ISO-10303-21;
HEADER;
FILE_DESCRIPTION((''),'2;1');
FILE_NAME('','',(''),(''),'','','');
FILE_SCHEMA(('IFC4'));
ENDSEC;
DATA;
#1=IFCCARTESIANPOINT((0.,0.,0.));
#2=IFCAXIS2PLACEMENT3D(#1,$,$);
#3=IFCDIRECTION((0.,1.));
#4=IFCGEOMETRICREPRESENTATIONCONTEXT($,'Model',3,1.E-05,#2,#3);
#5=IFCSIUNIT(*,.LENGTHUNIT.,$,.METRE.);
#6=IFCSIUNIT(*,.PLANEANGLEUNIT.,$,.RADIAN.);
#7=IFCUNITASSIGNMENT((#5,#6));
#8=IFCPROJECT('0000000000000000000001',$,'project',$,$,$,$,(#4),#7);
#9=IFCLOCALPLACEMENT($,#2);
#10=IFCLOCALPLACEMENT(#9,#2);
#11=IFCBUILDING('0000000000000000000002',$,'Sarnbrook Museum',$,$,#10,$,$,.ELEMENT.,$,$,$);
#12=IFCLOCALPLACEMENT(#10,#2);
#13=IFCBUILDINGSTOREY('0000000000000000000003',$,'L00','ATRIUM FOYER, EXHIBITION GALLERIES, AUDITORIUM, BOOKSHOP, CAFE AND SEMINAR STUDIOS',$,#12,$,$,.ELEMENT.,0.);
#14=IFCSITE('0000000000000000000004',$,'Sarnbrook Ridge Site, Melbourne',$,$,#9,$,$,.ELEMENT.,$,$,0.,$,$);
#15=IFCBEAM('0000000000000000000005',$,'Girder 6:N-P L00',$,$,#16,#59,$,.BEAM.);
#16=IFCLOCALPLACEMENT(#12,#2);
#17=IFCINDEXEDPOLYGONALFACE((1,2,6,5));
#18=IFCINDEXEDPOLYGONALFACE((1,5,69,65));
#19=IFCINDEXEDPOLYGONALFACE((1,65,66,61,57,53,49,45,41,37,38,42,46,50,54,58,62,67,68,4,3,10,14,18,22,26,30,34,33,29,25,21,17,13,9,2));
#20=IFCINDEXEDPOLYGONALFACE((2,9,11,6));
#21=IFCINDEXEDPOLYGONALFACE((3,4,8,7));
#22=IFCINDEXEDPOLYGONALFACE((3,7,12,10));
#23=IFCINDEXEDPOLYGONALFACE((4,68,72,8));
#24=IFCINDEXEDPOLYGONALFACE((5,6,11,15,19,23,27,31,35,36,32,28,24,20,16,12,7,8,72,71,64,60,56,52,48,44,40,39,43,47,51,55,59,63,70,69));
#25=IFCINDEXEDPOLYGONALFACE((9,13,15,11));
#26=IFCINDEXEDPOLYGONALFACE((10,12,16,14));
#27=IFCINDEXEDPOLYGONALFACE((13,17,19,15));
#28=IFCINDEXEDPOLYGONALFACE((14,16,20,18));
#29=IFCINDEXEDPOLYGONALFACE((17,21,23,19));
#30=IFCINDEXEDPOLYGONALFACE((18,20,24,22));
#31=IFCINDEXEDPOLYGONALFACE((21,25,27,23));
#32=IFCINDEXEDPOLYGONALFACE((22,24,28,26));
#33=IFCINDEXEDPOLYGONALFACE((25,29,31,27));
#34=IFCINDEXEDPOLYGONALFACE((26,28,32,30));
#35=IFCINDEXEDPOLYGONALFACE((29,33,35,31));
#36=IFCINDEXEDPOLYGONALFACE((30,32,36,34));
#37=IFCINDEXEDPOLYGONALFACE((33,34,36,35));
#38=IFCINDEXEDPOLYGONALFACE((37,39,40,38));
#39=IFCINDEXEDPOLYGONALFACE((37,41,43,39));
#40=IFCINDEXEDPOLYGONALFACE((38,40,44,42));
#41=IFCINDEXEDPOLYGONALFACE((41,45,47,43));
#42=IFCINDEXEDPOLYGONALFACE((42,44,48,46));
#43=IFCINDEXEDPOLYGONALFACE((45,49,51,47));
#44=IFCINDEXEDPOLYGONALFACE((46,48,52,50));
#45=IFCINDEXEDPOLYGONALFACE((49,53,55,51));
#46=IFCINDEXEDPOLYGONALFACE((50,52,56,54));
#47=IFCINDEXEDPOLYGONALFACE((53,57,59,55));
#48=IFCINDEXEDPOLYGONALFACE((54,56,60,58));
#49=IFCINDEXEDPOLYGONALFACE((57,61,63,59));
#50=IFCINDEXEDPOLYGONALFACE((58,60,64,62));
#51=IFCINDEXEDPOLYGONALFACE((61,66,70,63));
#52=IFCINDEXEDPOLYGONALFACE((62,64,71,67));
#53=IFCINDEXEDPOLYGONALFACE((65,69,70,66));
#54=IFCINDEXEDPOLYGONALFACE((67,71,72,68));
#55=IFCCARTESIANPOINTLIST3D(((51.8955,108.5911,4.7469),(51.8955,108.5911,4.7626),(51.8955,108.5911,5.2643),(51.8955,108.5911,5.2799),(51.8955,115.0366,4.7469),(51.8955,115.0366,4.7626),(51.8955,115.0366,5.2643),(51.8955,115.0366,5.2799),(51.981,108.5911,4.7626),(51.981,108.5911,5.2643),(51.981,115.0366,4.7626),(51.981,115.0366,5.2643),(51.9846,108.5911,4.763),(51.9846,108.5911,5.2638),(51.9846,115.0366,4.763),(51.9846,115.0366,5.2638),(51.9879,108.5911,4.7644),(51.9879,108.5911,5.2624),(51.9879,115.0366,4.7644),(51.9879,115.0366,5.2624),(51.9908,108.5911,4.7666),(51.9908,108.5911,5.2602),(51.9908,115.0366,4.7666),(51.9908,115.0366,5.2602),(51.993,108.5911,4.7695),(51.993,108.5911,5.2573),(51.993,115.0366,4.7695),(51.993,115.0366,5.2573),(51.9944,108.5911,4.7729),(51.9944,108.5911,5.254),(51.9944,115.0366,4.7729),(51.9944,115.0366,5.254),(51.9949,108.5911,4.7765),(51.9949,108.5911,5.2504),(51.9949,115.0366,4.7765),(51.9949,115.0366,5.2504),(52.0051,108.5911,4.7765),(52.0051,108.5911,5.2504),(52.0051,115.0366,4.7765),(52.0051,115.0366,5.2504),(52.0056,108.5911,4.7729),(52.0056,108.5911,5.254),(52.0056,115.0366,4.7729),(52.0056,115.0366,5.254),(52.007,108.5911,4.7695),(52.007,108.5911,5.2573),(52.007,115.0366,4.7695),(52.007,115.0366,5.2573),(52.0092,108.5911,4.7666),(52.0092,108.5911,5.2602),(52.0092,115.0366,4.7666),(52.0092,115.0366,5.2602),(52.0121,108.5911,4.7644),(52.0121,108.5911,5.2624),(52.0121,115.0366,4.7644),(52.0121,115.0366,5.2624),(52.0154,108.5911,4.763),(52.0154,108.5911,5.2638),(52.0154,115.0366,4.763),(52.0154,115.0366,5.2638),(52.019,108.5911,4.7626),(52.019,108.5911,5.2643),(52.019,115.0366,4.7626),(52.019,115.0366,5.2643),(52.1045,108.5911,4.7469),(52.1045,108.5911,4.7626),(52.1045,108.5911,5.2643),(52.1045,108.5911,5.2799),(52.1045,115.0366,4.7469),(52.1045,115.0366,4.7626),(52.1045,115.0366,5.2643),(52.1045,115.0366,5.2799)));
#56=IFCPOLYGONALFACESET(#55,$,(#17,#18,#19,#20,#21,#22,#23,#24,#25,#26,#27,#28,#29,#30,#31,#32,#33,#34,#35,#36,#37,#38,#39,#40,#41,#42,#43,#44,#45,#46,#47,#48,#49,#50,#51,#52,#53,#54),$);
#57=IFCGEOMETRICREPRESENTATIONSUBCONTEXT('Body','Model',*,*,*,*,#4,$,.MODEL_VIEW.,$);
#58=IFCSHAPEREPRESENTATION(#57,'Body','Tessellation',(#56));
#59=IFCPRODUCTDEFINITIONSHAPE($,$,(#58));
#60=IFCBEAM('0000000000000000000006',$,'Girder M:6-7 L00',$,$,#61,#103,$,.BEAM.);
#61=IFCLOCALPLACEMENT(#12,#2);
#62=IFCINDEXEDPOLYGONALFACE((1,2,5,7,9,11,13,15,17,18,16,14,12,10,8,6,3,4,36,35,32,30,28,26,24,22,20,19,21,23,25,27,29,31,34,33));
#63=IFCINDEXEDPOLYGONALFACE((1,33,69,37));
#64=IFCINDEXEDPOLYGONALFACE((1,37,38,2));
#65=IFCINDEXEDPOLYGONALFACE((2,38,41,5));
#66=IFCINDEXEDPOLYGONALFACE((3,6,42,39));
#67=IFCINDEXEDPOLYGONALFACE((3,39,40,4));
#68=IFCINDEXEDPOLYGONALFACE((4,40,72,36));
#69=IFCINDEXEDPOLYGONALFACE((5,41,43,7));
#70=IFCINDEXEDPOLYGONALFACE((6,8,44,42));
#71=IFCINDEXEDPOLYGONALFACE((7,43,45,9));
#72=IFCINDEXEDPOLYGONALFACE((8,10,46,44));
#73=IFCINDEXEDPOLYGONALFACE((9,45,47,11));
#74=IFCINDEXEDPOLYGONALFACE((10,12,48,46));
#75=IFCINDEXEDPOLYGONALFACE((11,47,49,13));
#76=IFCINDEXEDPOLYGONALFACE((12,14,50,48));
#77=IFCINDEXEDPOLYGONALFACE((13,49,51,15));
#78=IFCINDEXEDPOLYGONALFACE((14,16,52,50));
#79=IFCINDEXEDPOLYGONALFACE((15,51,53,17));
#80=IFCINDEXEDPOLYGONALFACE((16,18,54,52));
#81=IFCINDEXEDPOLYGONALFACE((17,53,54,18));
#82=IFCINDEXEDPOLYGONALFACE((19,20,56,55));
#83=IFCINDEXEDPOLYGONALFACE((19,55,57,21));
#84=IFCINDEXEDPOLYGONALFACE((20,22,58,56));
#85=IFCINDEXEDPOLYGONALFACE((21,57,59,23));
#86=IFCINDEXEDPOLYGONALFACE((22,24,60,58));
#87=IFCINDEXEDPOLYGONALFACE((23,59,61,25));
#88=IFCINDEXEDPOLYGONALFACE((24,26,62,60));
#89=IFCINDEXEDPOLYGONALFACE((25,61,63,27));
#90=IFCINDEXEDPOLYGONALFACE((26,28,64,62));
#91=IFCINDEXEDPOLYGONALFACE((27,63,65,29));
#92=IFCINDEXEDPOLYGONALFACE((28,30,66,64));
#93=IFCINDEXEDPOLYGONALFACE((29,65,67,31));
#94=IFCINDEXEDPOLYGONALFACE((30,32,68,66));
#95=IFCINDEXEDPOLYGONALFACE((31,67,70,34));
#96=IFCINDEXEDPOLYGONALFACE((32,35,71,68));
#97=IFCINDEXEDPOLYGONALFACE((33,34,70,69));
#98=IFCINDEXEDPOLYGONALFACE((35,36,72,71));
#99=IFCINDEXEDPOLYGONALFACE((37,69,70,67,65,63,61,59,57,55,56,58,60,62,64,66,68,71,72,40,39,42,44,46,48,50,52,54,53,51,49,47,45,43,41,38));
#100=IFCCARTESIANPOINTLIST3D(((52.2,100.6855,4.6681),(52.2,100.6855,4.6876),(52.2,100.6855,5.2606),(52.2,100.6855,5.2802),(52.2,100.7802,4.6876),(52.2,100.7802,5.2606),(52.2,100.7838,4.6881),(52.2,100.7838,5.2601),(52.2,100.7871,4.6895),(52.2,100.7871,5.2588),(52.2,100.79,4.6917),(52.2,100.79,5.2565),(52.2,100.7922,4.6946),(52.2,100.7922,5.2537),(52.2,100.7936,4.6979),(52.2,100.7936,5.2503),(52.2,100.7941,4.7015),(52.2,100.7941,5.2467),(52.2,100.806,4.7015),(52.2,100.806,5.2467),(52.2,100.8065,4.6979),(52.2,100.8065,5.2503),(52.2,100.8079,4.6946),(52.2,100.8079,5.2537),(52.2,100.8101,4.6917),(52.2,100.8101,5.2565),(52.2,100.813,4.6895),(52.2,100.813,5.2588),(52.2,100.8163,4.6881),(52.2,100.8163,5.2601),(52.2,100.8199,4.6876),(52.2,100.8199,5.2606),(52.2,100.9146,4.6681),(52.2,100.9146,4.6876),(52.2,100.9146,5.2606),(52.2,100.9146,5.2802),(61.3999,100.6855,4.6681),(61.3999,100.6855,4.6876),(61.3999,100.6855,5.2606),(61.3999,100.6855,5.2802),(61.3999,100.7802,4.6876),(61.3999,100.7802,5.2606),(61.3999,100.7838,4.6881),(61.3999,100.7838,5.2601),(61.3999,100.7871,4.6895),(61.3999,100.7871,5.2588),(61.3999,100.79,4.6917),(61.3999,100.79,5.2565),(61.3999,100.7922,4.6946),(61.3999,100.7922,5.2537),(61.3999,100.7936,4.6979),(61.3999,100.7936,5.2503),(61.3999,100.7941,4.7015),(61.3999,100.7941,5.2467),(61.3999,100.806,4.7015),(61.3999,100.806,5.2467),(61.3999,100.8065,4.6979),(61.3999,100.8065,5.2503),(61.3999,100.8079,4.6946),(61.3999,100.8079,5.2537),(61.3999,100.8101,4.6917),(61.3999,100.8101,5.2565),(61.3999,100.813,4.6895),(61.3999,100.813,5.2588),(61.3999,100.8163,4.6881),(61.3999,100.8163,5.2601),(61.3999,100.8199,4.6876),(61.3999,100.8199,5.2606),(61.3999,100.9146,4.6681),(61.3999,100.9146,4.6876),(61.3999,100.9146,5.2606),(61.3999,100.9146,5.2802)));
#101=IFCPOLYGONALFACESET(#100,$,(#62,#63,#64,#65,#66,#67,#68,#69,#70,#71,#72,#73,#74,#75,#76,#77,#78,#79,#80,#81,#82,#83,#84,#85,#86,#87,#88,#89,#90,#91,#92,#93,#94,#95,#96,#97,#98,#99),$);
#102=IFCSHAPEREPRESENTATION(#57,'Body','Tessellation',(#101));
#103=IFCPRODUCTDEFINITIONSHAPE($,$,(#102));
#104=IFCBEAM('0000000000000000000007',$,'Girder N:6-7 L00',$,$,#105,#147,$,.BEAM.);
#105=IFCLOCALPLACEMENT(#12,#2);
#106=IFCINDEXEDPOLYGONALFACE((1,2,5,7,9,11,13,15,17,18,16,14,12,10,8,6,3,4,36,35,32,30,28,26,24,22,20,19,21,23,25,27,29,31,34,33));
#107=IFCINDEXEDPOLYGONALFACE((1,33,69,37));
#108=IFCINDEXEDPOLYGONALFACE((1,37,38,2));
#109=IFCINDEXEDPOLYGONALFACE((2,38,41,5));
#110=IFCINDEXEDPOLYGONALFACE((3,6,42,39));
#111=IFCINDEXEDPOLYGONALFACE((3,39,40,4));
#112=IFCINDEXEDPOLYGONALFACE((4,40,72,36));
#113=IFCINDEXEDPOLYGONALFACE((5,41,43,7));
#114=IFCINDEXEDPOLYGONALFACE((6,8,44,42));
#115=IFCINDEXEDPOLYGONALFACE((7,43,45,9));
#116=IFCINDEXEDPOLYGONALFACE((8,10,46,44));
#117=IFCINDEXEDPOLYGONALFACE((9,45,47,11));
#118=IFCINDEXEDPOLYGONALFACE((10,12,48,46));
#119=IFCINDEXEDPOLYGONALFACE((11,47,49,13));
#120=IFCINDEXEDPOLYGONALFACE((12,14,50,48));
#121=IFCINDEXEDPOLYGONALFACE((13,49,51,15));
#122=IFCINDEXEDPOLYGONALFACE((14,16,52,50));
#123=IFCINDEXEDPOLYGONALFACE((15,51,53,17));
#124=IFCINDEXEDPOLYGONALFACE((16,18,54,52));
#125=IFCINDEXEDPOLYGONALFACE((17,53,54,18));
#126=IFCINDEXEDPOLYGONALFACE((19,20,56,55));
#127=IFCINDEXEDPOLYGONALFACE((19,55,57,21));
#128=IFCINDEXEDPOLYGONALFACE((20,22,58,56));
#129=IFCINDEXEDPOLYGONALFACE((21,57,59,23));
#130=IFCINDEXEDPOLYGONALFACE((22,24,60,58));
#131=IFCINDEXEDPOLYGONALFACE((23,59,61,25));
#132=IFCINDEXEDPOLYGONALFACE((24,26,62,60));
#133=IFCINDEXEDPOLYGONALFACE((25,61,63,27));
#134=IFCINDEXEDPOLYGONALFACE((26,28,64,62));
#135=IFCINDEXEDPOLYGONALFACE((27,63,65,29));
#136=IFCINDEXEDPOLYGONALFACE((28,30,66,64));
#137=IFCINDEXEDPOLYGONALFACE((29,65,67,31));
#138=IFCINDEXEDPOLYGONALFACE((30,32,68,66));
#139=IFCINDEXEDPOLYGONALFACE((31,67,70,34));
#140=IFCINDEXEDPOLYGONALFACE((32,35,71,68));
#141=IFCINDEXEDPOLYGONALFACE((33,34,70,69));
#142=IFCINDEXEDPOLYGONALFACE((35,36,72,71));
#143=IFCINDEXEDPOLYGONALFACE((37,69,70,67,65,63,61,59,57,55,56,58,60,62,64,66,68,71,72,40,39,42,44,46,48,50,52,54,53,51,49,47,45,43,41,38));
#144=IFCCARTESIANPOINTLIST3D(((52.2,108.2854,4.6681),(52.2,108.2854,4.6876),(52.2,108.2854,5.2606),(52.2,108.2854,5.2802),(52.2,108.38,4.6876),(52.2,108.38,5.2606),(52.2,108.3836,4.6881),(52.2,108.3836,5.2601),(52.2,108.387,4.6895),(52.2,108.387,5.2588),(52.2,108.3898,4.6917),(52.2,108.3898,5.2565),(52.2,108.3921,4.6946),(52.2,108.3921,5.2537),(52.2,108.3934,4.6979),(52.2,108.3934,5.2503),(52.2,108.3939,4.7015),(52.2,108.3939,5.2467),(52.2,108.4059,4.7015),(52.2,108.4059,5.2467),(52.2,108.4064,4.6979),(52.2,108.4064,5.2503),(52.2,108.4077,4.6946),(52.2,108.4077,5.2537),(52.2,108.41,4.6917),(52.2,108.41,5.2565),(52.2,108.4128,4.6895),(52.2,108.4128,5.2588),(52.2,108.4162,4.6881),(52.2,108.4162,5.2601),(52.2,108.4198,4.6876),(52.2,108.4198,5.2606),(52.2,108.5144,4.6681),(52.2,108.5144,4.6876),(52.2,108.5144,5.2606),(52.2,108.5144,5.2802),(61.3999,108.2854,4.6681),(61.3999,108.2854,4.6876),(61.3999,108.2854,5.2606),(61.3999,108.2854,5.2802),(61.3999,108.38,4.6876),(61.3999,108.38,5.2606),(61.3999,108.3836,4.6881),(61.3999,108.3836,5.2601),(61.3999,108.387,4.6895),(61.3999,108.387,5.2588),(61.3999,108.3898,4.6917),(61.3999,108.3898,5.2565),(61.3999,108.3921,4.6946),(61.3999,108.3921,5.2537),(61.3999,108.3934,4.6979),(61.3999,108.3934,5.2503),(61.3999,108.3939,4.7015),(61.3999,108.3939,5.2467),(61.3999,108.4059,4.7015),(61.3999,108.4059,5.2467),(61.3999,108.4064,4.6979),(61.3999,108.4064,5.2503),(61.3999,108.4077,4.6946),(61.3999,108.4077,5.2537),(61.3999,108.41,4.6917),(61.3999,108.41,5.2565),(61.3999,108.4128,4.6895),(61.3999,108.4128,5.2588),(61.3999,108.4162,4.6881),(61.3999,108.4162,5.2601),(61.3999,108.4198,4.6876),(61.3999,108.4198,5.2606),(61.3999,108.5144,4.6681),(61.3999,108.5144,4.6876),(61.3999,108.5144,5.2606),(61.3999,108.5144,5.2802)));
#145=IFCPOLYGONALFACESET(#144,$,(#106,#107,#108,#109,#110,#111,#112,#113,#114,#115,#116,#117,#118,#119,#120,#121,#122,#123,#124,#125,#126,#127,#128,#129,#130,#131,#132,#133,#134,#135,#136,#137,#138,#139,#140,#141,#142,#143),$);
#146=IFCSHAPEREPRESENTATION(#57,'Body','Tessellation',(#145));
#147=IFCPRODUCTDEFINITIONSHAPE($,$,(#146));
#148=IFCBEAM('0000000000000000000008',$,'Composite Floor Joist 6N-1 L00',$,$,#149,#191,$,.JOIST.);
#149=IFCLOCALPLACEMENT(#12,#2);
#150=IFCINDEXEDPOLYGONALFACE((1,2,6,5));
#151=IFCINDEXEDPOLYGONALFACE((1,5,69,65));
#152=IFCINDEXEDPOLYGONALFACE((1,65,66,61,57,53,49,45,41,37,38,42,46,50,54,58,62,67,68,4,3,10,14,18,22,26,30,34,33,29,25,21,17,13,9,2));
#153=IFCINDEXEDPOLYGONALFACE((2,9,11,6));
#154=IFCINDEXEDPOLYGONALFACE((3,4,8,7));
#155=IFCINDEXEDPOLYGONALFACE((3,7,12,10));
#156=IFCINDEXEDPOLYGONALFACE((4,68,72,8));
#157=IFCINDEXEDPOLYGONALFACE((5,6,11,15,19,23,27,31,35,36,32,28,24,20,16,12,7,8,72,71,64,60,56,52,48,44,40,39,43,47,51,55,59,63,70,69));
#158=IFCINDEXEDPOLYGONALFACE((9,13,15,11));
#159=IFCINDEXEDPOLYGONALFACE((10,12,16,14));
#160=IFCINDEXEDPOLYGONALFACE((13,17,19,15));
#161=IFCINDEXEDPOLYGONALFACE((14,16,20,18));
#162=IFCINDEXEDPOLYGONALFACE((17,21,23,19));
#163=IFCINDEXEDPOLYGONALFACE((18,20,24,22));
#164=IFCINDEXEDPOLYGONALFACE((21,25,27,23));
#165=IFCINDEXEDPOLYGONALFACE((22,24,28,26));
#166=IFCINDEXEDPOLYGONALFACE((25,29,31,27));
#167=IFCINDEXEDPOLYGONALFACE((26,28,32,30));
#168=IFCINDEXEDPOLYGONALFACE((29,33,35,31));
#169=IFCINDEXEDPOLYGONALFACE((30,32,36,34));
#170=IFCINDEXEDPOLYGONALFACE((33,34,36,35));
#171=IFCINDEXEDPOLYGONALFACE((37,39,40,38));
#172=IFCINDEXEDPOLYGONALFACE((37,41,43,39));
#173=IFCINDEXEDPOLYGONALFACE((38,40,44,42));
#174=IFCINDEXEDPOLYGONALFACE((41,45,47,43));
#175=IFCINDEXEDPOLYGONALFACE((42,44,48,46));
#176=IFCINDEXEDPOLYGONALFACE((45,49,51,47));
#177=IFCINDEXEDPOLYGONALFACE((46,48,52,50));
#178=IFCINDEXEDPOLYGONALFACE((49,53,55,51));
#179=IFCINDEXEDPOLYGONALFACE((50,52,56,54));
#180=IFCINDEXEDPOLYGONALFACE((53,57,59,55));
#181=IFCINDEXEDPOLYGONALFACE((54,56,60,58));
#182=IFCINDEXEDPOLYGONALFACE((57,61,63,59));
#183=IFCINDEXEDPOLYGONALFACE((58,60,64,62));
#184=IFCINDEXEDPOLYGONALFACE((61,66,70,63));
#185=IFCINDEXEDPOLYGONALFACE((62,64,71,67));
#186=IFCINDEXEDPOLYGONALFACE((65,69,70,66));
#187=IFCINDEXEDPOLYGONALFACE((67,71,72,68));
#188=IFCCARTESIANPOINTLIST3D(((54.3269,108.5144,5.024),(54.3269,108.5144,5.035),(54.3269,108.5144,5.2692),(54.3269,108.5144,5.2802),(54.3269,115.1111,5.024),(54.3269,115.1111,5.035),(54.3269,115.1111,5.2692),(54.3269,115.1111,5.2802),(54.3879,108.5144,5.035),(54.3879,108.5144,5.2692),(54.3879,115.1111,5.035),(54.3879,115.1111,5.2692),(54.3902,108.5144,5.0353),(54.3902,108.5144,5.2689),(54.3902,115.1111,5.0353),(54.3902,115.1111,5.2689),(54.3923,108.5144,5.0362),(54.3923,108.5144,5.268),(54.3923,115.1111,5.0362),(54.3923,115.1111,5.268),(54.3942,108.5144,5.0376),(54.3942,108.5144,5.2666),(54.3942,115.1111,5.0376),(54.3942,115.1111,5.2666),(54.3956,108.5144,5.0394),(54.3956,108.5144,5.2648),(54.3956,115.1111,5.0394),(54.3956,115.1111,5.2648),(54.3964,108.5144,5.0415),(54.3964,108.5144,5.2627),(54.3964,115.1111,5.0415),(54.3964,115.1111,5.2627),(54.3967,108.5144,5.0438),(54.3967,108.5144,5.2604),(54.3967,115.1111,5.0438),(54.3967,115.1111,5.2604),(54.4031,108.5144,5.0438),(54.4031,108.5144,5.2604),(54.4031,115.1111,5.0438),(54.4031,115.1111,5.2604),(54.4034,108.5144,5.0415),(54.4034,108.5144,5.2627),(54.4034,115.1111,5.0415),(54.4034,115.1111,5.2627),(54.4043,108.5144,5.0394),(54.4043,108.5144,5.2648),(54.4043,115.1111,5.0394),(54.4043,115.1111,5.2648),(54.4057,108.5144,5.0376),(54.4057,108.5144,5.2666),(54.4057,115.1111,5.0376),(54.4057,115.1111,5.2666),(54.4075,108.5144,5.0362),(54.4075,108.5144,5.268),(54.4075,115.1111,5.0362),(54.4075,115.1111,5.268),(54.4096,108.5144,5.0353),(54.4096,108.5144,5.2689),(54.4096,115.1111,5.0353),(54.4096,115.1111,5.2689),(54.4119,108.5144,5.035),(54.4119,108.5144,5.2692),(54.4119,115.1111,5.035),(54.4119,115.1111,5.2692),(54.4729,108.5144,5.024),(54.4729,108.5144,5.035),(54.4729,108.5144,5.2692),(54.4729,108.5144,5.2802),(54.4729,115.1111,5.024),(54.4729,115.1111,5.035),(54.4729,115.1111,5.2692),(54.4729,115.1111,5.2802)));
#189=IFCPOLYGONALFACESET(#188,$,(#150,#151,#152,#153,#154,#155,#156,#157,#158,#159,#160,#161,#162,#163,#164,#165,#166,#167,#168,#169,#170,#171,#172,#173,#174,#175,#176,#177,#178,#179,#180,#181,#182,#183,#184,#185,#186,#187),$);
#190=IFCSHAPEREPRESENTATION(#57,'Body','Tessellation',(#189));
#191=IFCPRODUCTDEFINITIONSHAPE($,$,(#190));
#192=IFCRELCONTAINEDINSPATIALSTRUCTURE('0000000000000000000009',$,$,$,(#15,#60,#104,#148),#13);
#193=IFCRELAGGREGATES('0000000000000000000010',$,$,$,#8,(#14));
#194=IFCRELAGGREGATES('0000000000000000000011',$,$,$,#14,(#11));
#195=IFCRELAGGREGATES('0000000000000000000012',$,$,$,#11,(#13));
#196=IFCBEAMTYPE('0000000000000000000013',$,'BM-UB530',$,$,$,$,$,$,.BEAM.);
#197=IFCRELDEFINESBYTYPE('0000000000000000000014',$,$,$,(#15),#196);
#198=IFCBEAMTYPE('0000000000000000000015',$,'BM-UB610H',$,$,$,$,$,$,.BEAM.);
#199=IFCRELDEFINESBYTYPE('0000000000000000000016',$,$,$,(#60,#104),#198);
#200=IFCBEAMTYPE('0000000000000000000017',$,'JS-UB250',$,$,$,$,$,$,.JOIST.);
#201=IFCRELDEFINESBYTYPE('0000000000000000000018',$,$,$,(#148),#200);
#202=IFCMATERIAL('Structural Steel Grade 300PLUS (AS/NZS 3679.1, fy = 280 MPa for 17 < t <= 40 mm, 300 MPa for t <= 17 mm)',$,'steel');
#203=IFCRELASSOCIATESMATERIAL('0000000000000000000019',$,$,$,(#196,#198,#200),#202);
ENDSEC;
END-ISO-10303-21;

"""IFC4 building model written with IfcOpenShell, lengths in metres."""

from ifc_helpers import new_model, si_unit, direction, frame, origin, origin_2d, place, context, subcontext, project, spatial, i_section, extrude, material, material_profile, profile_set, type_object, element, save


model = new_model("IFC4")

# Units and contexts
model_context = context("Model", 3, precision=1e-05, world=origin(), true_north=direction((0.0, 1.0)))
body_context = subcontext(model_context, "Body", "Model", "MODEL_VIEW")
ifc_project = project(units=[si_unit("LENGTHUNIT", "METRE"), si_unit("PLANEANGLEUNIT", "RADIAN")], contexts=[model_context])

# Site, building, storey
site_placement = place(None, origin())
site = spatial("IfcSite", under=ifc_project, at=site_placement, Name="Sarnbrook Ridge Site, Melbourne", CompositionType="ELEMENT", RefElevation=0.0)
building_placement = place(site_placement, origin())
building = spatial("IfcBuilding", under=site, at=building_placement, Name="Sarnbrook Museum", CompositionType="ELEMENT")
storey_placement = place(building_placement, origin())
storey = spatial("IfcBuildingStorey", under=building, at=storey_placement, Name="L00", Description="ATRIUM FOYER, EXHIBITION GALLERIES, AUDITORIUM, BOOKSHOP, CAFE AND SEMINAR STUDIOS", CompositionType="ELEMENT", Elevation=0.0)

# Shared definitions
ifc_material_1 = material(Name="Structural Steel Grade 300PLUS (AS/NZS 3679.1, fy = 280 MPa for 17 < t <= 40 mm, 300 MPa for t <= 17 mm)", Category="steel")

# Beams
ifc_material_profile_1 = material_profile(ifc_material_1, i_section(OverallWidth=0.209, OverallDepth=0.533, WebThickness=0.0103, FlangeThickness=0.0156, FilletRadius=0.0139, at=origin_2d()), Name="530UB92.4")
ifc_profile_set_1 = profile_set([ifc_material_profile_1], Name="Structural Steel Grade 300PLUS (AS/NZS 3679.1, fy = 280 MPa for 17 < t <= 40 mm, 300 MPa for t <= 17 mm)")
beam_type_1 = type_object("IfcBeamType", Name="BM-UB530", PredefinedType="BEAM", material=ifc_profile_set_1)
beam_1_placement = place(storey_placement, frame((52.0, 108.5911, 5.0134), z_axis=(0.0, 1.0, 0.0), x_axis=(-1.0, 0.0, 0.0)))
element("IfcBeam", 1, at=beam_1_placement, inside=storey, type_object=beam_type_1, Name="Girder 6:N-P L00", PredefinedType="BEAM", context=body_context, shape_type="SweptSolid", body=[
    extrude(i_section(OverallWidth=0.209, OverallDepth=0.533, WebThickness=0.0103, FlangeThickness=0.0156, FilletRadius=0.0139, at=origin_2d()), origin(), (0.0, 0.0, 1.0), 6.4456),
])
ifc_material_profile_2 = material_profile(ifc_material_1, i_section(OverallWidth=0.229, OverallDepth=0.6121, WebThickness=0.012, FlangeThickness=0.0195, FilletRadius=0.0139, at=origin_2d()), Name="610UB125")
ifc_profile_set_2 = profile_set([ifc_material_profile_2], Name="Structural Steel Grade 300PLUS (AS/NZS 3679.1, fy = 280 MPa for 17 < t <= 40 mm, 300 MPa for t <= 17 mm)")
beam_type_2 = type_object("IfcBeamType", Name="BM-UB610H", PredefinedType="BEAM", material=ifc_profile_set_2)
for number, where, z_axis, x_axis, name in (
    (2, (52.2, 100.8, 4.9741), (1.0, 0.0, 0.0), (0.0, 1.0, 0.0), "Girder M:6-7 L00"),
    (3, (52.2, 108.3999, 4.9741), (1.0, 0.0, 0.0), (0.0, 1.0, 0.0), "Girder N:6-7 L00"),
):
    element("IfcBeam", number, at=place(storey_placement, frame(where, z_axis=z_axis, x_axis=x_axis)), inside=storey, type_object=beam_type_2, Name=name, PredefinedType="BEAM", context=body_context, shape_type="SweptSolid", body=[
        extrude(i_section(OverallWidth=0.229, OverallDepth=0.6121, WebThickness=0.012, FlangeThickness=0.0195, FilletRadius=0.0139, at=origin_2d()), origin(), (0.0, 0.0, 1.0), 9.2),
    ])
ifc_material_profile_3 = material_profile(ifc_material_1, i_section(OverallWidth=0.146, OverallDepth=0.2561, WebThickness=0.0063, FlangeThickness=0.011, FilletRadius=0.0088, at=origin_2d()), Name="250UB37.3")
ifc_profile_set_3 = profile_set([ifc_material_profile_3], Name="Structural Steel Grade 300PLUS (AS/NZS 3679.1, fy = 280 MPa for 17 < t <= 40 mm, 300 MPa for t <= 17 mm)")
beam_type_3 = type_object("IfcBeamType", Name="JS-UB250", PredefinedType="JOIST", material=ifc_profile_set_3)
for number, where, z_axis, x_axis, name in (
    (4, (54.3999, 108.5144, 5.1521), (0.0, 1.0, 0.0), (-1.0, 0.0, 0.0), "Composite Floor Joist 6N-1 L00"),
):
    element("IfcBeam", number, at=place(storey_placement, frame(where, z_axis=z_axis, x_axis=x_axis)), inside=storey, type_object=beam_type_3, Name=name, PredefinedType="JOIST", context=body_context, shape_type="SweptSolid", body=[
        extrude(i_section(OverallWidth=0.146, OverallDepth=0.2561, WebThickness=0.0063, FlangeThickness=0.011, FilletRadius=0.0088, at=origin_2d()), origin(), (0.0, 0.0, 1.0), 6.5967),
    ])

save(model, "model.ifc")
